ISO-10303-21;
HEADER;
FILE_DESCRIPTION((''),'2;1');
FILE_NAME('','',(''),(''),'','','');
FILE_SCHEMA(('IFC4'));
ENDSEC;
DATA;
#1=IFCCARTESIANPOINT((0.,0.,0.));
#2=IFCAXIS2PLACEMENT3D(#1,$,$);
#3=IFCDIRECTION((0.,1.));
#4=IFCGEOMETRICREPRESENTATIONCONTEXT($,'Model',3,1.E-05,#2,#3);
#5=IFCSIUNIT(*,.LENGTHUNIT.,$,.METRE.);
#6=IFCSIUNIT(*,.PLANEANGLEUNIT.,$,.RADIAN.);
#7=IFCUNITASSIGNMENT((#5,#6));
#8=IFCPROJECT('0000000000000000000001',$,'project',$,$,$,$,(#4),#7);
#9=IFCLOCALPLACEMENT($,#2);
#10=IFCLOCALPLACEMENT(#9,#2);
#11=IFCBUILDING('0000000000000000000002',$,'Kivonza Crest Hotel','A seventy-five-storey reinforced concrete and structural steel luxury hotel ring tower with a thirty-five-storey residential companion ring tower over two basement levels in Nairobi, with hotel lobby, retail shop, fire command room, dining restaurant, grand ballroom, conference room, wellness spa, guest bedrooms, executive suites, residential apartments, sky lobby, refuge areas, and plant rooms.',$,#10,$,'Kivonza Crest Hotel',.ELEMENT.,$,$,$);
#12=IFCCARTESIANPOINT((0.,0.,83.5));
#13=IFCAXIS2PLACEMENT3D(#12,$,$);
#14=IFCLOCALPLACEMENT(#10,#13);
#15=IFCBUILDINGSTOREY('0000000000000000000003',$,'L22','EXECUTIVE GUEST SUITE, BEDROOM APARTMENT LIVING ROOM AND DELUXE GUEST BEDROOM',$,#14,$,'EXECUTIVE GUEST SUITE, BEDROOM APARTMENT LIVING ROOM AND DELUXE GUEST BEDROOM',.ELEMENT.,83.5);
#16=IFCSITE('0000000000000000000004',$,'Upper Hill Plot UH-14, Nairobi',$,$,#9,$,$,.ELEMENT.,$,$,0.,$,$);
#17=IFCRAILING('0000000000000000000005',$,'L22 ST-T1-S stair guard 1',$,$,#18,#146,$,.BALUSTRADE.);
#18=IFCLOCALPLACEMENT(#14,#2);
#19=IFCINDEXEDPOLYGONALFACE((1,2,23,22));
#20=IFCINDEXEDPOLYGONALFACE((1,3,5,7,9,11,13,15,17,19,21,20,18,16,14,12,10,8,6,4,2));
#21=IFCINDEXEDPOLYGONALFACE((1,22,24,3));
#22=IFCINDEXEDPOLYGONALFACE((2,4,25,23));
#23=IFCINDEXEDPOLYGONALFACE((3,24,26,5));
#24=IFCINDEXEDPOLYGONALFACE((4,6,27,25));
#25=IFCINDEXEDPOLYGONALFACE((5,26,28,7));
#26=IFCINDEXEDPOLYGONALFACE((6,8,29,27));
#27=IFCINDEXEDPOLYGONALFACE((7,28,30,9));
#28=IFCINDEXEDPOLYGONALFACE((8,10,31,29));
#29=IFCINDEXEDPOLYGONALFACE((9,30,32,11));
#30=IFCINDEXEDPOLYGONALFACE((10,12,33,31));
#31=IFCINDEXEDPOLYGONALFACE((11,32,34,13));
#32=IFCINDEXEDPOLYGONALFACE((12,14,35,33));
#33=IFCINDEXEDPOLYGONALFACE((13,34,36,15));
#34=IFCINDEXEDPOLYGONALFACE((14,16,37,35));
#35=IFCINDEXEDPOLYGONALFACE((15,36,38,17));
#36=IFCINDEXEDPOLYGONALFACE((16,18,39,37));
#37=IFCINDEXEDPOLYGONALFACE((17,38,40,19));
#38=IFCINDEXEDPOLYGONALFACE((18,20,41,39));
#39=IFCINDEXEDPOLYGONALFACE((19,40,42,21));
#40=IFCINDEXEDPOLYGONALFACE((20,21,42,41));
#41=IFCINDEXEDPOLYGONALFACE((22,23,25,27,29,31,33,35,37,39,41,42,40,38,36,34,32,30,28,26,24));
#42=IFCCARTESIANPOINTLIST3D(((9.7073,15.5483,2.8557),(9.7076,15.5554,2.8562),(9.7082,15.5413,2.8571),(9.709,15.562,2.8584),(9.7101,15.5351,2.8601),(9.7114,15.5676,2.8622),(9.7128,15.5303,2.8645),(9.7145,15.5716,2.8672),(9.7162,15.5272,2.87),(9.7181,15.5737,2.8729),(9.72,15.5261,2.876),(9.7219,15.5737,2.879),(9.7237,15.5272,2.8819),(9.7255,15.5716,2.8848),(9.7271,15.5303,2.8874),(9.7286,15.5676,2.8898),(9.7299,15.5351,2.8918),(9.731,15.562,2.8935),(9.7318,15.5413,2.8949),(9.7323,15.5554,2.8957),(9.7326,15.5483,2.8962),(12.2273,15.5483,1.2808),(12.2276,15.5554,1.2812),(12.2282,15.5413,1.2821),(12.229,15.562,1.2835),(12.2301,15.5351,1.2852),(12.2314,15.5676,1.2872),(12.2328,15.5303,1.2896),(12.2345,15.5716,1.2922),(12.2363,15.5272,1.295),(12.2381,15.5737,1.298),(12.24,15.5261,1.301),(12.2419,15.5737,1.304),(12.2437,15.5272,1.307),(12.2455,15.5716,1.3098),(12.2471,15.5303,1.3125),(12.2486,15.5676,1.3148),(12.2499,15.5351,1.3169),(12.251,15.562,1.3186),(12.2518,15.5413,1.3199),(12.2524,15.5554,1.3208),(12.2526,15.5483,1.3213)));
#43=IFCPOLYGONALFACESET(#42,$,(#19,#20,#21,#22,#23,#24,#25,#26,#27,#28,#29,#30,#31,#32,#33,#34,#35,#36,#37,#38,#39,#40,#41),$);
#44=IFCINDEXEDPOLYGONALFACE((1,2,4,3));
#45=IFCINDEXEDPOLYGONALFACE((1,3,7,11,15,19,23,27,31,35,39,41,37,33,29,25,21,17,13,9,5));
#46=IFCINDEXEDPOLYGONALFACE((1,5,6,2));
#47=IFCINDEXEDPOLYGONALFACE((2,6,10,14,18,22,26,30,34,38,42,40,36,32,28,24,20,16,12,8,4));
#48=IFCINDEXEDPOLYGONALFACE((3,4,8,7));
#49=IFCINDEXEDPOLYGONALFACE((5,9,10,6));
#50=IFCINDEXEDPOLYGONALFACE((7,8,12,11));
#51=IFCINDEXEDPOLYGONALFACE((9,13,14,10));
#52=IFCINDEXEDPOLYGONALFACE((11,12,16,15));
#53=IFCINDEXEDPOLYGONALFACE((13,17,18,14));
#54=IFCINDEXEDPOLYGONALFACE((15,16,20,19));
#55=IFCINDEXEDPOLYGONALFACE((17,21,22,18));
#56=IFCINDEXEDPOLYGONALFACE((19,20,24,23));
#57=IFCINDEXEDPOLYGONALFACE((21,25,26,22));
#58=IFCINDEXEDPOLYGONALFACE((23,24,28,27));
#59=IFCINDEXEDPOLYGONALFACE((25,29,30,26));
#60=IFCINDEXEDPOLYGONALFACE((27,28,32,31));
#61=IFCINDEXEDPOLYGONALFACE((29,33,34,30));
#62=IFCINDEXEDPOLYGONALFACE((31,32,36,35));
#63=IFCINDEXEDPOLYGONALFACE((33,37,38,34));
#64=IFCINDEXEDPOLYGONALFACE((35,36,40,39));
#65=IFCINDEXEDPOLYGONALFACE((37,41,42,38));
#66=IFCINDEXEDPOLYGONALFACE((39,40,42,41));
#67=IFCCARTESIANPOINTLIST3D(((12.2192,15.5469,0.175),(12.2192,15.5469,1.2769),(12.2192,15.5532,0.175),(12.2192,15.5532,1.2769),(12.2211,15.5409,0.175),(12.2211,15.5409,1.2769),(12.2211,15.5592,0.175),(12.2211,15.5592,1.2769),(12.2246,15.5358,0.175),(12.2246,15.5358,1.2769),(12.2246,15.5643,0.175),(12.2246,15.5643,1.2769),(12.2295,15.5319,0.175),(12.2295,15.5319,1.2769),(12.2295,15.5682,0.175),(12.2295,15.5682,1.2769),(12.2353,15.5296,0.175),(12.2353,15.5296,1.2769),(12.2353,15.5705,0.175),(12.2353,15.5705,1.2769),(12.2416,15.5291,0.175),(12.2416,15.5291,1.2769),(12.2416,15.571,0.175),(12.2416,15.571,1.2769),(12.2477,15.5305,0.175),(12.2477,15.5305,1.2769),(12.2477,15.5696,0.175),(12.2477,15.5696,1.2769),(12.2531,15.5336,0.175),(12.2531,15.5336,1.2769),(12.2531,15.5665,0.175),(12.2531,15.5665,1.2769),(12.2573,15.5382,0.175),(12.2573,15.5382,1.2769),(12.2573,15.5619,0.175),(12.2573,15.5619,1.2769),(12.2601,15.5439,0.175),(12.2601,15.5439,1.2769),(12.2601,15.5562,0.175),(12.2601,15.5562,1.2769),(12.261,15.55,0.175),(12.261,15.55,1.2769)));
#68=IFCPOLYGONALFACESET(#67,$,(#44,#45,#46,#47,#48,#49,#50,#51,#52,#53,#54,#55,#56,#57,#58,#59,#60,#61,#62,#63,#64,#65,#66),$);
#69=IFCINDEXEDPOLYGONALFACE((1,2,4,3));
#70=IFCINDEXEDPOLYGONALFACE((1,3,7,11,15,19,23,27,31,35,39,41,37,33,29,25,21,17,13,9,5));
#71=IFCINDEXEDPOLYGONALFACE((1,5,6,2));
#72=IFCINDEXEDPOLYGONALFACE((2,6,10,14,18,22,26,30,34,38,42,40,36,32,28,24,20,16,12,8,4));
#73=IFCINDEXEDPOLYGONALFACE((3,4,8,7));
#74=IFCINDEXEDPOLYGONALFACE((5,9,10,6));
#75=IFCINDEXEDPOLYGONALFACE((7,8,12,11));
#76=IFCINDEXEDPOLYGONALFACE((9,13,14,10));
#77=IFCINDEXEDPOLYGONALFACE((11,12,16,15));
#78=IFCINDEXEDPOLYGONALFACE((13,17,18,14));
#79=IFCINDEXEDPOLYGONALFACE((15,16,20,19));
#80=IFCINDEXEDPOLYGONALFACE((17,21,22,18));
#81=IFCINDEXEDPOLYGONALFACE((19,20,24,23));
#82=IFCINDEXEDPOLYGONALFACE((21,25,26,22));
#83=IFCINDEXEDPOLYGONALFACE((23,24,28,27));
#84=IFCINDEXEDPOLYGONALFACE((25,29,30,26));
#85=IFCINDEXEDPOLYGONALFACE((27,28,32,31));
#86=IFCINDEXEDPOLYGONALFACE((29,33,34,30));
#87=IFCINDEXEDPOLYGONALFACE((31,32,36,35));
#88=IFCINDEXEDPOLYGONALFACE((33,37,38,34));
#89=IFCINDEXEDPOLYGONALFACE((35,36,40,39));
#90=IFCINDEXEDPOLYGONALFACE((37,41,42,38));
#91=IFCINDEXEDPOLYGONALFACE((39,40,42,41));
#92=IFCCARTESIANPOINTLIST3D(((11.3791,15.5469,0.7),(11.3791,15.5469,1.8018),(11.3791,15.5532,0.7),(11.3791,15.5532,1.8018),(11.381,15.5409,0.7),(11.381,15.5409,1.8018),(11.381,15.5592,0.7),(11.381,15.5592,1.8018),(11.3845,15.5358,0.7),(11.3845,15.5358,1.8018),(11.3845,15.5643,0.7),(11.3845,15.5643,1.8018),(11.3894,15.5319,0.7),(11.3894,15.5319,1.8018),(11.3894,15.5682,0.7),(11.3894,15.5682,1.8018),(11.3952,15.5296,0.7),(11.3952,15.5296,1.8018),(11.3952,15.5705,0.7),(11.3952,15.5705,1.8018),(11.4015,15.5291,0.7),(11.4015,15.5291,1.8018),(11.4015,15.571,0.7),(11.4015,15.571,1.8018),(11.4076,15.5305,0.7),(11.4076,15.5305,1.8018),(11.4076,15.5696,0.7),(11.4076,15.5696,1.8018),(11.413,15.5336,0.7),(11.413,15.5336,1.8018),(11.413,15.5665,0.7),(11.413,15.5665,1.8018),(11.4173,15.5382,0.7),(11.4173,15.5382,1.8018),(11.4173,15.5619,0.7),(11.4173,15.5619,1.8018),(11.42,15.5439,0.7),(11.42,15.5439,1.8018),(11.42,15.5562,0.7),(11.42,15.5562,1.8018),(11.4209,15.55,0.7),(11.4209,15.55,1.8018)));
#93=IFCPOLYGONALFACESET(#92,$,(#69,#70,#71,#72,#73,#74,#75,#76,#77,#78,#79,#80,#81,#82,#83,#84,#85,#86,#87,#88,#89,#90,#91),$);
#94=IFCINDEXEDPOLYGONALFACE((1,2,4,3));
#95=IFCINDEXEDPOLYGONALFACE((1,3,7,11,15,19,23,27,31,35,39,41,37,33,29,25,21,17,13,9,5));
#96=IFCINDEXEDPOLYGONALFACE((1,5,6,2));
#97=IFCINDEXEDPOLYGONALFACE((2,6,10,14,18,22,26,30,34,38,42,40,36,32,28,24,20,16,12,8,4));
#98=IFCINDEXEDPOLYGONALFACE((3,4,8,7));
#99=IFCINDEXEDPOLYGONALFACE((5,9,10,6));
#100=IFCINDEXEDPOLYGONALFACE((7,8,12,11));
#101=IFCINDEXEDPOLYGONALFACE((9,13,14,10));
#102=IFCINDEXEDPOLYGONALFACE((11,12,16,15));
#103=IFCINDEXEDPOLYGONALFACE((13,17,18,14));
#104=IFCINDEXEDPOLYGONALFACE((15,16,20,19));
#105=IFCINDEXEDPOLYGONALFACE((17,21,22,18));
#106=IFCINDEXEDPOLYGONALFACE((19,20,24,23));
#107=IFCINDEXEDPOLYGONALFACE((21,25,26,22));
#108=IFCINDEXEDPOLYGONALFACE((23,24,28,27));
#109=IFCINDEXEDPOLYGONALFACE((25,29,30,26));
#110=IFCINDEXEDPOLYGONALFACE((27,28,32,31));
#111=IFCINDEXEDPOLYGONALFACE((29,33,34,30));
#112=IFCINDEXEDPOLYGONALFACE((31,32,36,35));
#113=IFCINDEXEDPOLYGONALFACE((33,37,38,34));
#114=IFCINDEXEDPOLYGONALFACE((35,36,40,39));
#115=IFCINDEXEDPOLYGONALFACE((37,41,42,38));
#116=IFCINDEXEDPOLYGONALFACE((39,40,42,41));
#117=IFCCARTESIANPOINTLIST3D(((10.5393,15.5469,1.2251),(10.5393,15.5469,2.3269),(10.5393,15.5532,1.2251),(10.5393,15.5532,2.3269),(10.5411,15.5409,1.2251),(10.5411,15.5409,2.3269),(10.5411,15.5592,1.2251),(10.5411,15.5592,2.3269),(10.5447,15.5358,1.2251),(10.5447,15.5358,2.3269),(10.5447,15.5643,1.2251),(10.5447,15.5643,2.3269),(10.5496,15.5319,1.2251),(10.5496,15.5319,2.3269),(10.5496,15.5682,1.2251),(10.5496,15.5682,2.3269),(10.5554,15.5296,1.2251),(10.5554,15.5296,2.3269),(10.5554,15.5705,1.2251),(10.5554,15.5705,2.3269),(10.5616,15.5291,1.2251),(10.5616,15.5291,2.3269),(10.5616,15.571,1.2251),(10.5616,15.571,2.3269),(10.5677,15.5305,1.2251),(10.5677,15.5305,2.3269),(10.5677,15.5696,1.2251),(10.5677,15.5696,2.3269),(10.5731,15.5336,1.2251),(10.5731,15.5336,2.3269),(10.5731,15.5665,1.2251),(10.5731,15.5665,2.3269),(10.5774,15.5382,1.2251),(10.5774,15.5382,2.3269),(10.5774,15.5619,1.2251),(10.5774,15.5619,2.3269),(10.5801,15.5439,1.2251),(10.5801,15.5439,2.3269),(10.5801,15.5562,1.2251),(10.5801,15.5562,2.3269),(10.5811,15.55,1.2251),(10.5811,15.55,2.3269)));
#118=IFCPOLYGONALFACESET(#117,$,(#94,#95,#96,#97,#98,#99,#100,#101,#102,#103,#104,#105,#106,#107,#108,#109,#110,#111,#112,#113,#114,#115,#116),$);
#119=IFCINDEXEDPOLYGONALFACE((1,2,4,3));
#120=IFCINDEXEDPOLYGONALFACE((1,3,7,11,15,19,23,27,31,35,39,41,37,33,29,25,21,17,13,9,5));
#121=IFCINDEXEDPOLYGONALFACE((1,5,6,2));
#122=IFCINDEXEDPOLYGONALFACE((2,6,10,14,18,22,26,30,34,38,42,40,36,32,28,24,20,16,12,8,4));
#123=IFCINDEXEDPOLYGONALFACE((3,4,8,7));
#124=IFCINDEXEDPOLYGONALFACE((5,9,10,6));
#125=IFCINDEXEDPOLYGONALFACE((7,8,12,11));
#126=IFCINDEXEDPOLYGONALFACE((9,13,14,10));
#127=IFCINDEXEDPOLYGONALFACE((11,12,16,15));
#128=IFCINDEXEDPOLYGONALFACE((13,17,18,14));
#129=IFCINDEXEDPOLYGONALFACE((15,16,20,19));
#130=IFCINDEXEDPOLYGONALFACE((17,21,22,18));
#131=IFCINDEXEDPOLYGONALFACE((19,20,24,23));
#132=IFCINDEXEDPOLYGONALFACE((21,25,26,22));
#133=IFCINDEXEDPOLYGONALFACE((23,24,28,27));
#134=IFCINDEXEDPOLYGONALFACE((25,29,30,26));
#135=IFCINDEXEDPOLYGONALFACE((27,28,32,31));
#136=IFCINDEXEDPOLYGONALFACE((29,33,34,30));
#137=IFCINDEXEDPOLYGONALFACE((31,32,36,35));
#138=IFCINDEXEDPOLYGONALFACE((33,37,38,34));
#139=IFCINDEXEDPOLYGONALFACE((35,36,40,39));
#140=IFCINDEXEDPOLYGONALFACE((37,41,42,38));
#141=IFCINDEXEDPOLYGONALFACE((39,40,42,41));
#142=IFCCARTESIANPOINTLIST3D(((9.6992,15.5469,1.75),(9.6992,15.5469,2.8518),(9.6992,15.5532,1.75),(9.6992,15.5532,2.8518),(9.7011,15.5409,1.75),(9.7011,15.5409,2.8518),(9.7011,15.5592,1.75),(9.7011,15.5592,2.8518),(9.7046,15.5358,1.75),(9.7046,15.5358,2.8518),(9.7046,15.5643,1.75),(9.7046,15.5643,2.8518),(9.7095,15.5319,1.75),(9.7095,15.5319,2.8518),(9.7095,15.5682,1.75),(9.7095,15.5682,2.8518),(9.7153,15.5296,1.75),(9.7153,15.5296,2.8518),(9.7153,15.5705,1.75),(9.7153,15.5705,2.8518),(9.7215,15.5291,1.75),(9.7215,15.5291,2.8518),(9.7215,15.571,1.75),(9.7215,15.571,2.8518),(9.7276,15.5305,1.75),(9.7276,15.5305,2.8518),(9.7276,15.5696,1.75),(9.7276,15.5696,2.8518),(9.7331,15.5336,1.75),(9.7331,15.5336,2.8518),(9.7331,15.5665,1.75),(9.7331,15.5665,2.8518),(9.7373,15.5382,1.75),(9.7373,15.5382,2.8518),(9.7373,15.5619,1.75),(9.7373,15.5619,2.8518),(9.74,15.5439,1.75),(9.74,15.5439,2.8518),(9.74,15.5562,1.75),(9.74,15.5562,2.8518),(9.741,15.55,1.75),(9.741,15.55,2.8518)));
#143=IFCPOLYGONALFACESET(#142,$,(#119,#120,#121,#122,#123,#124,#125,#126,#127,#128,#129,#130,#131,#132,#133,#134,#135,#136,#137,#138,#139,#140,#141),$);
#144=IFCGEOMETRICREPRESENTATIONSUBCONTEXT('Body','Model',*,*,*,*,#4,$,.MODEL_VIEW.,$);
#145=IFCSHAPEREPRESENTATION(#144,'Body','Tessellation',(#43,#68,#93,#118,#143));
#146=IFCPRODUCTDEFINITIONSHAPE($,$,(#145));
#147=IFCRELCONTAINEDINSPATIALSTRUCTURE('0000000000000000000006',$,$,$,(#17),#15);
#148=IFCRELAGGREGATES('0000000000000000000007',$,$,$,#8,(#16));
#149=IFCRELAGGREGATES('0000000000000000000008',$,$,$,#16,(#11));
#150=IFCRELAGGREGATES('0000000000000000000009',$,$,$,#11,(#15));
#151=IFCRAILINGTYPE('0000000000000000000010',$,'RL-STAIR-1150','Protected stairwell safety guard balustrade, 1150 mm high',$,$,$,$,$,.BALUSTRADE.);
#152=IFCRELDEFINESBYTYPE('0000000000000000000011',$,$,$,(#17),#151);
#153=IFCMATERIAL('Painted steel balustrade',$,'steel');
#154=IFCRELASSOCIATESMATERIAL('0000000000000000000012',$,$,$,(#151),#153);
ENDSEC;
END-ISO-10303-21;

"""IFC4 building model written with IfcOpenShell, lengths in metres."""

from ifc_helpers import new_model, si_unit, direction, frame, origin, origin_2d, place, context, subcontext, project, spatial, circle, extrude, material, type_object, element, save


model = new_model("IFC4")

# Units and contexts
model_context = context("Model", 3, precision=1e-05, world=origin(), true_north=direction((0.0, 1.0)))
body_context = subcontext(model_context, "Body", "Model", "MODEL_VIEW")
ifc_project = project(units=[si_unit("LENGTHUNIT", "METRE"), si_unit("PLANEANGLEUNIT", "RADIAN")], contexts=[model_context])

# Site, building, storey
site_placement = place(None, origin())
site = spatial("IfcSite", under=ifc_project, at=site_placement, Name="Upper Hill Plot UH-14, Nairobi", CompositionType="ELEMENT", RefElevation=0.0)
building_placement = place(site_placement, origin())
building = spatial("IfcBuilding", under=site, at=building_placement, Name="Kivonza Crest Hotel", Description="A seventy-five-storey reinforced concrete and structural steel luxury hotel ring tower with a thirty-five-storey residential companion ring tower over two basement levels in Nairobi, with hotel lobby, retail shop, fire command room, dining restaurant, grand ballroom, conference room, wellness spa, guest bedrooms, executive suites, residential apartments, sky lobby, refuge areas, and plant rooms.", LongName="Kivonza Crest Hotel", CompositionType="ELEMENT")
storey_placement = place(building_placement, frame((0.0, 0.0, 83.5)))
storey = spatial("IfcBuildingStorey", under=building, at=storey_placement, Name="L22", Description="EXECUTIVE GUEST SUITE, BEDROOM APARTMENT LIVING ROOM AND DELUXE GUEST BEDROOM", LongName="EXECUTIVE GUEST SUITE, BEDROOM APARTMENT LIVING ROOM AND DELUXE GUEST BEDROOM", CompositionType="ELEMENT", Elevation=83.5)

# Railing
ifc_material_1 = material(Name="Painted steel balustrade", Category="steel")
railing_type_1 = type_object("IfcRailingType", Name="RL-STAIR-1150", Description="Protected stairwell safety guard balustrade, 1150 mm high", PredefinedType="BALUSTRADE", material=ifc_material_1)
railing_1_placement = place(storey_placement, frame((12.24, 15.55, 0.175)))
element("IfcRailing", 1, at=railing_1_placement, inside=storey, type_object=railing_type_1, Name="L22 ST-T1-S stair guard 1", PredefinedType="BALUSTRADE", context=body_context, shape_type="SweptSolid", body=[
    extrude(circle(Radius=0.0239, at=origin_2d()), frame((0.0, 0.0, 1.126), z_axis=(-0.848008, 0.0, 0.529984), x_axis=(0.0, -1.0, 0.0)), (0.0, 0.0, 1.0), 2.9717),
    extrude(circle(Radius=0.021, at=origin_2d()), origin(), (0.0, 0.0, 1.0), 1.1018),
    extrude(circle(Radius=0.021, at=origin_2d()), frame((-0.8401, 0.0, 0.5249)), (0.0, 0.0, 1.0), 1.1018),
    extrude(circle(Radius=0.021, at=origin_2d()), frame((-1.6799, 0.0, 1.05)), (0.0, 0.0, 1.0), 1.1018),
    extrude(circle(Radius=0.021, at=origin_2d()), frame((-2.52, 0.0, 1.575)), (0.0, 0.0, 1.0), 1.1018),
])

save(model, "model.ifc")
